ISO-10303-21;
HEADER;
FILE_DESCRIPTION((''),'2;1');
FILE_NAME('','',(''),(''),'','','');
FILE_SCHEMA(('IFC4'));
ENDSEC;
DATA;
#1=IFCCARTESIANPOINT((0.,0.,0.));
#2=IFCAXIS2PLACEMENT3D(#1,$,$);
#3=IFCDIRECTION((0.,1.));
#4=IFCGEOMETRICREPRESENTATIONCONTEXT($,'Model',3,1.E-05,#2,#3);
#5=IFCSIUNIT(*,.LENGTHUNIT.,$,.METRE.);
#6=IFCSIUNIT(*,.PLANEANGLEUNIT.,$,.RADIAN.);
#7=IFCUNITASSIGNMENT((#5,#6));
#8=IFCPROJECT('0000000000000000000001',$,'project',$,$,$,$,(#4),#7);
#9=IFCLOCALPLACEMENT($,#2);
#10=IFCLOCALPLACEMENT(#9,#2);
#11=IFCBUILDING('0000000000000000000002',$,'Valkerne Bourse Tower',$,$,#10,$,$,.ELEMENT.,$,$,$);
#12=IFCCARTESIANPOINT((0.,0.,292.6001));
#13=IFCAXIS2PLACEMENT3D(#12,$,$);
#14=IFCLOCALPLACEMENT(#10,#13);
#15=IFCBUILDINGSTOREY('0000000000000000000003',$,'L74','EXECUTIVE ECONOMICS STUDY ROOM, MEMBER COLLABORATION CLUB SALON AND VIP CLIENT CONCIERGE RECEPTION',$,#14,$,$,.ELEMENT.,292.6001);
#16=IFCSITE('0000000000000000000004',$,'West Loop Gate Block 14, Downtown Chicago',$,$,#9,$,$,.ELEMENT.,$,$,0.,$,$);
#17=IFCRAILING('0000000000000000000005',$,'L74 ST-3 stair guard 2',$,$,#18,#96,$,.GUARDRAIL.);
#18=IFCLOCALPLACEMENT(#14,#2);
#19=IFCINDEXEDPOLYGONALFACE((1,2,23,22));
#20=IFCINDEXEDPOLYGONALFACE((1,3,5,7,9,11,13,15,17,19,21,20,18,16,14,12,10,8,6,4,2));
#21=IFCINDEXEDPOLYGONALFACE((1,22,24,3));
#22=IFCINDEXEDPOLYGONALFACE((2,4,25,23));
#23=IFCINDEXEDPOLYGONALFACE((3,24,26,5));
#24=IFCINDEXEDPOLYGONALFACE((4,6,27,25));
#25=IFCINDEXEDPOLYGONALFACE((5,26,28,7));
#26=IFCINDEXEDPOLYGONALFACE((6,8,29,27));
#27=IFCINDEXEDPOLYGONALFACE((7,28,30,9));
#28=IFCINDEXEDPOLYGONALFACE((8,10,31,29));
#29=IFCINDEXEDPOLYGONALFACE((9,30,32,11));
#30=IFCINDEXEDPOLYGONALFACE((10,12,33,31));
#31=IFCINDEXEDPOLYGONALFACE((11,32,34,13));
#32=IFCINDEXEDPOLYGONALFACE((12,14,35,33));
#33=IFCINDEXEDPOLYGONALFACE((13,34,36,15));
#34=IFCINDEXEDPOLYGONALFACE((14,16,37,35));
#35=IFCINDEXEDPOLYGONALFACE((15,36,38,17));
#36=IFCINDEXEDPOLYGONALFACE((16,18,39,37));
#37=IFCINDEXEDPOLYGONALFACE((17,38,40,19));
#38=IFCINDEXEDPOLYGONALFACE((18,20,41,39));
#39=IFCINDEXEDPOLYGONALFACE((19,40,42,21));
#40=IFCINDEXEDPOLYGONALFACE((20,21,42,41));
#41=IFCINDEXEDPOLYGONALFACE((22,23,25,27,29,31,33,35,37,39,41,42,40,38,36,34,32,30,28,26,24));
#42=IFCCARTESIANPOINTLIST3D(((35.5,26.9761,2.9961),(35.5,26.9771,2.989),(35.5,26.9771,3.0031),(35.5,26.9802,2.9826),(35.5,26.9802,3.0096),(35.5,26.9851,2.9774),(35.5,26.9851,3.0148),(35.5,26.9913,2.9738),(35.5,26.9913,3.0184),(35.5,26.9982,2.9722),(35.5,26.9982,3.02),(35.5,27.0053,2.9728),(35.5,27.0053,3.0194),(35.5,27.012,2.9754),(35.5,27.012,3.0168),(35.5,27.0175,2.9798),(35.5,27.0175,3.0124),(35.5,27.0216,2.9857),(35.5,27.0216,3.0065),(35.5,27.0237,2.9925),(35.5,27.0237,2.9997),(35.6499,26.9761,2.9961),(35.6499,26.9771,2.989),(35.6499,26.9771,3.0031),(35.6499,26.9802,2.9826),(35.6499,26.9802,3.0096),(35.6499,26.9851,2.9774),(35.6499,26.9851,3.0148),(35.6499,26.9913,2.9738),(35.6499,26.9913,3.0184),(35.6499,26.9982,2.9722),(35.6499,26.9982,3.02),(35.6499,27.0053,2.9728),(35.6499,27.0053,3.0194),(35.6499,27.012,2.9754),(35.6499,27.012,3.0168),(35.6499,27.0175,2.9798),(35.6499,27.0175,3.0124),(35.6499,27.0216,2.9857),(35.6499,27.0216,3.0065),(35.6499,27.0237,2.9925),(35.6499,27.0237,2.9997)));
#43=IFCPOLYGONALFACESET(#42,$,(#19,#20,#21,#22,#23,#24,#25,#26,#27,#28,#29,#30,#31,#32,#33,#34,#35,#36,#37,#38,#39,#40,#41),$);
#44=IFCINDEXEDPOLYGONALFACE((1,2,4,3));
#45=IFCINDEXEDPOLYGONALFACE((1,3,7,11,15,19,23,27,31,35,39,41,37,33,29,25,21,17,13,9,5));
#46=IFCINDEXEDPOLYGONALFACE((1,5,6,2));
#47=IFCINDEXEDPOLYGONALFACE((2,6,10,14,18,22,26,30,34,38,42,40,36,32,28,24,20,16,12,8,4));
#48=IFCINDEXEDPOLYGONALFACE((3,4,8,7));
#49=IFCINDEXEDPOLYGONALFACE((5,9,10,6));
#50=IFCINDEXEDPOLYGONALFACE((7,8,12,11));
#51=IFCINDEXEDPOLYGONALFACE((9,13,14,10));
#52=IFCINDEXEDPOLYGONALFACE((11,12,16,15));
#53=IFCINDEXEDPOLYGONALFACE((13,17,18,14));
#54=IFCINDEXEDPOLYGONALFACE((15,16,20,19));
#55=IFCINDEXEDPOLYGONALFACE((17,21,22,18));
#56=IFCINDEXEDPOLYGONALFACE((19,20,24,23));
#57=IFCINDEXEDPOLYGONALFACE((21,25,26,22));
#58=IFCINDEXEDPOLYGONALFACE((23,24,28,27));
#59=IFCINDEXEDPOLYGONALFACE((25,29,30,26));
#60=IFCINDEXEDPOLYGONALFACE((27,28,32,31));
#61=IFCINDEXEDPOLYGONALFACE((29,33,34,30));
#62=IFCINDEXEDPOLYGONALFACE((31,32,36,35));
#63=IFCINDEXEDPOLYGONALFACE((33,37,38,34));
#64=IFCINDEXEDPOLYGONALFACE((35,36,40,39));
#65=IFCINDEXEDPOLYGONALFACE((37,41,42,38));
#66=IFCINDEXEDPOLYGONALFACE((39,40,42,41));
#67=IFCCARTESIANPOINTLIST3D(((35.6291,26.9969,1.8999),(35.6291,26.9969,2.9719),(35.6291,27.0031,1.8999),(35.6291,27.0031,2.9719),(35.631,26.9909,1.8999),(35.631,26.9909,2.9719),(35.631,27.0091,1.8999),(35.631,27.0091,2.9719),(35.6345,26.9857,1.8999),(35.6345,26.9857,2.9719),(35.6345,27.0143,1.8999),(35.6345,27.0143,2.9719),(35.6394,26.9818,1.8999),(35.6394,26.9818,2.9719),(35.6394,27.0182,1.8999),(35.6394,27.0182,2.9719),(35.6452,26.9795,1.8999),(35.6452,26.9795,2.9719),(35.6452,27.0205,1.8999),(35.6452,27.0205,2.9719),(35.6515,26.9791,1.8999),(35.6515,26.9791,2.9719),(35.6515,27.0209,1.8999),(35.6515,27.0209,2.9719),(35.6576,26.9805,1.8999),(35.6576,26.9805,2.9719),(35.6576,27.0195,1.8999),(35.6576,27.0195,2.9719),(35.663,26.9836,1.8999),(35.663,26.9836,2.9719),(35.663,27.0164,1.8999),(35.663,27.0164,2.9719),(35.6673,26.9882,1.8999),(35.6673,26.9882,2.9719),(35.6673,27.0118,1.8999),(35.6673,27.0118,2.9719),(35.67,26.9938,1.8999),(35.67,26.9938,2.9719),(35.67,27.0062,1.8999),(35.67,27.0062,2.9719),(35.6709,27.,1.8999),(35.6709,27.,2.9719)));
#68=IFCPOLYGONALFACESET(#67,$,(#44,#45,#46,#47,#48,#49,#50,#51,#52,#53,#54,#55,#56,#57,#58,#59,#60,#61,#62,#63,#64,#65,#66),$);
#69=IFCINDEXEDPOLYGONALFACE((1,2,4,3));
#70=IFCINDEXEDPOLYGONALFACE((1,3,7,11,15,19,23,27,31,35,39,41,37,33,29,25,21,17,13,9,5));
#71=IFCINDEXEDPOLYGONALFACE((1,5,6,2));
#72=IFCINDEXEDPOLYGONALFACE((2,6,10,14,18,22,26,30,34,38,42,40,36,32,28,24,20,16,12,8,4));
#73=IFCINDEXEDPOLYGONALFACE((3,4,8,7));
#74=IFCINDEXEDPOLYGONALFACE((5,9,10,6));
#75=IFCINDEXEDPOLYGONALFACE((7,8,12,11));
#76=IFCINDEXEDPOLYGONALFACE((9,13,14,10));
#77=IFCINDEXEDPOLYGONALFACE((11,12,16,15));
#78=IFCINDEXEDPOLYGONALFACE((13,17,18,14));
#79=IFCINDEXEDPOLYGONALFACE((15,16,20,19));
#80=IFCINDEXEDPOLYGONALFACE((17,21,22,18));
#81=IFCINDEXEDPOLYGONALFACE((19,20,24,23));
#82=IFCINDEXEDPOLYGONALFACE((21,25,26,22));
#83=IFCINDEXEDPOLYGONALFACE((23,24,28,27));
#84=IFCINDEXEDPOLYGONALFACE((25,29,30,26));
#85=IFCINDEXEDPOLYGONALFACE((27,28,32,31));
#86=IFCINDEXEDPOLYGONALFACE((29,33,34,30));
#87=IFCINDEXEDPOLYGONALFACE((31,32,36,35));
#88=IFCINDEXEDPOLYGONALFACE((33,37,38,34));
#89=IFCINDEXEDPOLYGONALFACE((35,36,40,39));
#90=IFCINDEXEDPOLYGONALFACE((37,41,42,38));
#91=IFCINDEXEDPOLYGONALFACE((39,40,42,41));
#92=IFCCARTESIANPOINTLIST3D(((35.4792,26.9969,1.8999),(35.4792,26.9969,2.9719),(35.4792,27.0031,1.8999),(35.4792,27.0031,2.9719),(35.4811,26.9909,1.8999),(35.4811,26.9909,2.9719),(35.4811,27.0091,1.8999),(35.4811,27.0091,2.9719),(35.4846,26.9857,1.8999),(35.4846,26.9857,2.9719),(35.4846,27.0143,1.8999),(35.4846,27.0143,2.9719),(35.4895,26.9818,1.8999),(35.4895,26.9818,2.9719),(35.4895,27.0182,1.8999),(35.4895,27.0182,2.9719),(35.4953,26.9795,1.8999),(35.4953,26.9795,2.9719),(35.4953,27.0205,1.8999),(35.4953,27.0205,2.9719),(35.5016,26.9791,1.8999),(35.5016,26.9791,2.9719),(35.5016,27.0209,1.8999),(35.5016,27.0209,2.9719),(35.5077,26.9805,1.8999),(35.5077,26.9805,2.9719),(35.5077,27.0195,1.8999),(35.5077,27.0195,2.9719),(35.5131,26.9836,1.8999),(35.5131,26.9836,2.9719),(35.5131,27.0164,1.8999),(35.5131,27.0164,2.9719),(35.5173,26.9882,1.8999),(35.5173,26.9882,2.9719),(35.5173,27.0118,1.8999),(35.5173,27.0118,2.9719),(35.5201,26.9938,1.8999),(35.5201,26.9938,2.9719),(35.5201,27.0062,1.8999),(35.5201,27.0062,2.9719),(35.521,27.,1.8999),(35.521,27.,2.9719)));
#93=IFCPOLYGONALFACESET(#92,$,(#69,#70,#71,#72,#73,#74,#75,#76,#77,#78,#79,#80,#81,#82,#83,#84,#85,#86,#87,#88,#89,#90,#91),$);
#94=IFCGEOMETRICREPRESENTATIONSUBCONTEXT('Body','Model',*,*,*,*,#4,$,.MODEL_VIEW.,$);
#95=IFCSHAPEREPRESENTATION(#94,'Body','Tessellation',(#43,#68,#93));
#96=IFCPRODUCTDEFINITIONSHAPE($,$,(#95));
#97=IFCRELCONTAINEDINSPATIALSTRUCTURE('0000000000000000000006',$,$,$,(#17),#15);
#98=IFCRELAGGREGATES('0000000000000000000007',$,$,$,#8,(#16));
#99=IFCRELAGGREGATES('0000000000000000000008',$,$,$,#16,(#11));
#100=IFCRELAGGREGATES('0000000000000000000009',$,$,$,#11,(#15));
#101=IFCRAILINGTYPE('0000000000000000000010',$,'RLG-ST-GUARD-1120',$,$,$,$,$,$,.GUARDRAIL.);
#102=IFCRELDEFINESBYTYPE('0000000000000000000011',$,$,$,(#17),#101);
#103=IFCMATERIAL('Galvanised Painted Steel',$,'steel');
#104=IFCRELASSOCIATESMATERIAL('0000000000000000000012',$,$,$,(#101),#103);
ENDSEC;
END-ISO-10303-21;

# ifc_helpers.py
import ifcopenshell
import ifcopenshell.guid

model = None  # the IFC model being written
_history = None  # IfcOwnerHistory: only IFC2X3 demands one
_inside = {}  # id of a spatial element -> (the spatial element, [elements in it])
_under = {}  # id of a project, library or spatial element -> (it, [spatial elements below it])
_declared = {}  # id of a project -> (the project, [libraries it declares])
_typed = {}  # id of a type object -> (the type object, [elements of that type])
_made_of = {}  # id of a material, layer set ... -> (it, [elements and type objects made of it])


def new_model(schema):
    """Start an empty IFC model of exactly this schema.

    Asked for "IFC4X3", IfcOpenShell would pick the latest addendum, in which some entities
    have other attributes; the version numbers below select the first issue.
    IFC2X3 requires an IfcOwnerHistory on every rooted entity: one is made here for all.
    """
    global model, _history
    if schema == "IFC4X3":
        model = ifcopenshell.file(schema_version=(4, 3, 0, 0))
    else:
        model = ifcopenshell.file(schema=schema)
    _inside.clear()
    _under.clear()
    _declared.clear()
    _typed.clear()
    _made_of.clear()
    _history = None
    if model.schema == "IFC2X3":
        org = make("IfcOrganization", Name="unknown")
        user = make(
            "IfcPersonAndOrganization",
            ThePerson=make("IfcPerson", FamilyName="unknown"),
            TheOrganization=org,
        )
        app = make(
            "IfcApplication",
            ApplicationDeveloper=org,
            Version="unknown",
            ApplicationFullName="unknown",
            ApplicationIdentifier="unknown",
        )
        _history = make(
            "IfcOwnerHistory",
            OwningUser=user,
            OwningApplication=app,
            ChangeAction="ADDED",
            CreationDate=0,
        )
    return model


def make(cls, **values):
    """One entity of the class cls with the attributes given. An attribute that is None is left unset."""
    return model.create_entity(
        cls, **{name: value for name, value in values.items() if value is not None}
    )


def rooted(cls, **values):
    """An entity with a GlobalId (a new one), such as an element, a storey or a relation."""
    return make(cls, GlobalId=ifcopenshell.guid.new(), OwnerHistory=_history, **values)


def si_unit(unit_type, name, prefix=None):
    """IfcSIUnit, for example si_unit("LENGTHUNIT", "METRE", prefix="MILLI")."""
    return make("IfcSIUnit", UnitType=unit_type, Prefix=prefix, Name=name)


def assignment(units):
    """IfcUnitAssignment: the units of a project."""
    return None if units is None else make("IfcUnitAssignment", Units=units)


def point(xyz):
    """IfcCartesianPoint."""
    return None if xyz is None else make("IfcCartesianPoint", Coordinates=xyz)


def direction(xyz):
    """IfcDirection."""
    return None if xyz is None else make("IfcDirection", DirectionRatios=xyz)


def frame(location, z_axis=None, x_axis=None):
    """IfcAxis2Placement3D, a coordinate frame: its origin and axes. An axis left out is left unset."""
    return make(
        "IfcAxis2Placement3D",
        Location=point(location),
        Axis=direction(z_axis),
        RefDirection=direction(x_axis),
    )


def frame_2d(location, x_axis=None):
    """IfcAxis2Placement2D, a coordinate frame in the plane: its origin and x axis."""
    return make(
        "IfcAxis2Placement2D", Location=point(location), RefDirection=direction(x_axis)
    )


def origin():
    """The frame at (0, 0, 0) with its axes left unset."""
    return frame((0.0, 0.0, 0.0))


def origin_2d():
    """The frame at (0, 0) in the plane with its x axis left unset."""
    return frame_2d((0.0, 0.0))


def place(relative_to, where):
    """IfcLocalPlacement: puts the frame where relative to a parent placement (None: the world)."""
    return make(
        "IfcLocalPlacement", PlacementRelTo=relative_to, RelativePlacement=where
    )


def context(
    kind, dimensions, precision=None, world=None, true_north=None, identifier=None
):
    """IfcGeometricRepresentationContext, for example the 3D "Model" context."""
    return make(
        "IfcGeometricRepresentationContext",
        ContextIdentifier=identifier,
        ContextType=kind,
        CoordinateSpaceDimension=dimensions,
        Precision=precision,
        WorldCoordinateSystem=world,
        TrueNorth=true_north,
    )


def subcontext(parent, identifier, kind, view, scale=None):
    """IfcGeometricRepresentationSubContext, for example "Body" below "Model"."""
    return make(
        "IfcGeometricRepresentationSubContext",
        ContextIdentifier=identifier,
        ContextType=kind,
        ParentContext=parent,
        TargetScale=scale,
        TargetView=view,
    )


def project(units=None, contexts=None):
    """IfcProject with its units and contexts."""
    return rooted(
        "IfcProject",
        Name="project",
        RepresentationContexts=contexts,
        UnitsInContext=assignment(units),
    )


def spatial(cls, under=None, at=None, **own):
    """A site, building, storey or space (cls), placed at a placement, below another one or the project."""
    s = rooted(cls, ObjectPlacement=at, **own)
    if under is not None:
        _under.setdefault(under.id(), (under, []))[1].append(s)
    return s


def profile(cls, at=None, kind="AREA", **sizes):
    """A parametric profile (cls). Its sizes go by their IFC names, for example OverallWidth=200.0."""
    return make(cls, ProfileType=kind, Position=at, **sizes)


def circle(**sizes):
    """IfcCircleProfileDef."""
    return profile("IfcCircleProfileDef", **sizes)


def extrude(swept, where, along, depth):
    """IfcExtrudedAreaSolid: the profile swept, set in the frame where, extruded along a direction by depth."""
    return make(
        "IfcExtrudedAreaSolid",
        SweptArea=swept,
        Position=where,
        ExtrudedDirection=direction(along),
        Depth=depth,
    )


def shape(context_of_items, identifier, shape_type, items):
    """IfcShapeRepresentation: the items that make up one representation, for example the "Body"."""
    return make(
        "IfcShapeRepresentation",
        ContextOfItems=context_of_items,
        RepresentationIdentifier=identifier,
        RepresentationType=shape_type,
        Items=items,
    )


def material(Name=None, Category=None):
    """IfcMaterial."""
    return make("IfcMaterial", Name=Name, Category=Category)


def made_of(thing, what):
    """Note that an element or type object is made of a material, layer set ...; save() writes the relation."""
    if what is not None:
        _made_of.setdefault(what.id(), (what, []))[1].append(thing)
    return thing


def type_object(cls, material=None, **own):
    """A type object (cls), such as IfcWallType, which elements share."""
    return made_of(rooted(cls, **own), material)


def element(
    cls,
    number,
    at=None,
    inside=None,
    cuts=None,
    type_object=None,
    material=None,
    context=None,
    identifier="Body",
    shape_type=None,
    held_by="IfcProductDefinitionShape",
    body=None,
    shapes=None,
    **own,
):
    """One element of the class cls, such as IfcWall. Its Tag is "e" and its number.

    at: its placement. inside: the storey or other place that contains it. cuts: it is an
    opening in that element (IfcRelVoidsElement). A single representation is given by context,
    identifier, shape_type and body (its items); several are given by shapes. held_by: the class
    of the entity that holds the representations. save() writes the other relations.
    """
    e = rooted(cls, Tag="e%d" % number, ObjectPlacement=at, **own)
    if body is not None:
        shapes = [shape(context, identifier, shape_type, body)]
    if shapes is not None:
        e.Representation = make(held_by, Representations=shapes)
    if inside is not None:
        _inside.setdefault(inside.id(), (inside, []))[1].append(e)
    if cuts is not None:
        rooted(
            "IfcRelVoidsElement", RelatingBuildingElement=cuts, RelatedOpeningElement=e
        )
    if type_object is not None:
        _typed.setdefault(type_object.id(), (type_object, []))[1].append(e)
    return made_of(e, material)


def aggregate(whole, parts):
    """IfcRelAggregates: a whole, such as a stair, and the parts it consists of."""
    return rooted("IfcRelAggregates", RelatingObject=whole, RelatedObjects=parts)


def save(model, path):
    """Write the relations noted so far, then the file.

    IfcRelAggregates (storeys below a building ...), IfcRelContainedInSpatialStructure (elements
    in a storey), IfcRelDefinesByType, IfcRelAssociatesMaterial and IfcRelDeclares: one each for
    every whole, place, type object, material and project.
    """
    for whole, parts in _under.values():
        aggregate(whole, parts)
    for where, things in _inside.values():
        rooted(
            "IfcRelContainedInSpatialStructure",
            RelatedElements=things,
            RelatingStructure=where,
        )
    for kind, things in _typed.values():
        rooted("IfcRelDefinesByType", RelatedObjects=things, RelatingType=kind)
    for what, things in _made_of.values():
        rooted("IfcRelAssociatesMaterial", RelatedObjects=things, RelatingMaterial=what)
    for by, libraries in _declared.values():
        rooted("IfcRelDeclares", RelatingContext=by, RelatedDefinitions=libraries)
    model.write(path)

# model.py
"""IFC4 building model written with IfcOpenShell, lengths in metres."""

from ifc_helpers import new_model, si_unit, direction, frame, origin, origin_2d, place, context, subcontext, project, spatial, circle, extrude, material, type_object, element, save


model = new_model("IFC4")

# Units and contexts
model_context = context("Model", 3, precision=1e-05, world=origin(), true_north=direction((0.0, 1.0)))
body_context = subcontext(model_context, "Body", "Model", "MODEL_VIEW")
ifc_project = project(units=[si_unit("LENGTHUNIT", "METRE"), si_unit("PLANEANGLEUNIT", "RADIAN")], contexts=[model_context])

# Site, building, storey
site_placement = place(None, origin())
site = spatial("IfcSite", under=ifc_project, at=site_placement, Name="West Loop Gate Block 14, Downtown Chicago", CompositionType="ELEMENT", RefElevation=0.0)
building_placement = place(site_placement, origin())
building = spatial("IfcBuilding", under=site, at=building_placement, Name="Valkerne Bourse Tower", CompositionType="ELEMENT")
storey_placement = place(building_placement, frame((0.0, 0.0, 292.6001)))
storey = spatial("IfcBuildingStorey", under=building, at=storey_placement, Name="L74", Description="EXECUTIVE ECONOMICS STUDY ROOM, MEMBER COLLABORATION CLUB SALON AND VIP CLIENT CONCIERGE RECEPTION", CompositionType="ELEMENT", Elevation=292.6001)

# Railing
ifc_material_1 = material(Name="Galvanised Painted Steel", Category="steel")
railing_type_1 = type_object("IfcRailingType", Name="RLG-ST-GUARD-1120", PredefinedType="GUARDRAIL", material=ifc_material_1)
railing_1_placement = place(storey_placement, frame((35.6499, 27.0, 1.8999)))
element("IfcRailing", 1, at=railing_1_placement, inside=storey, type_object=railing_type_1, Name="L74 ST-3 stair guard 2", PredefinedType="GUARDRAIL", context=body_context, shape_type="SweptSolid", body=[
    extrude(circle(Radius=0.0239, at=origin_2d()), frame((0.0, 0.0, 1.0962), z_axis=(-1.0, 0.0, 0.0), x_axis=(0.0, -1.0, 0.0)), (0.0, 0.0, 1.0), 0.1499),
    extrude(circle(Radius=0.021, at=origin_2d()), origin(), (0.0, 0.0, 1.0), 1.072),
    extrude(circle(Radius=0.021, at=origin_2d()), frame((-0.1499, 0.0, 0.0)), (0.0, 0.0, 1.0), 1.072),
])

save(model, "model.ifc")
